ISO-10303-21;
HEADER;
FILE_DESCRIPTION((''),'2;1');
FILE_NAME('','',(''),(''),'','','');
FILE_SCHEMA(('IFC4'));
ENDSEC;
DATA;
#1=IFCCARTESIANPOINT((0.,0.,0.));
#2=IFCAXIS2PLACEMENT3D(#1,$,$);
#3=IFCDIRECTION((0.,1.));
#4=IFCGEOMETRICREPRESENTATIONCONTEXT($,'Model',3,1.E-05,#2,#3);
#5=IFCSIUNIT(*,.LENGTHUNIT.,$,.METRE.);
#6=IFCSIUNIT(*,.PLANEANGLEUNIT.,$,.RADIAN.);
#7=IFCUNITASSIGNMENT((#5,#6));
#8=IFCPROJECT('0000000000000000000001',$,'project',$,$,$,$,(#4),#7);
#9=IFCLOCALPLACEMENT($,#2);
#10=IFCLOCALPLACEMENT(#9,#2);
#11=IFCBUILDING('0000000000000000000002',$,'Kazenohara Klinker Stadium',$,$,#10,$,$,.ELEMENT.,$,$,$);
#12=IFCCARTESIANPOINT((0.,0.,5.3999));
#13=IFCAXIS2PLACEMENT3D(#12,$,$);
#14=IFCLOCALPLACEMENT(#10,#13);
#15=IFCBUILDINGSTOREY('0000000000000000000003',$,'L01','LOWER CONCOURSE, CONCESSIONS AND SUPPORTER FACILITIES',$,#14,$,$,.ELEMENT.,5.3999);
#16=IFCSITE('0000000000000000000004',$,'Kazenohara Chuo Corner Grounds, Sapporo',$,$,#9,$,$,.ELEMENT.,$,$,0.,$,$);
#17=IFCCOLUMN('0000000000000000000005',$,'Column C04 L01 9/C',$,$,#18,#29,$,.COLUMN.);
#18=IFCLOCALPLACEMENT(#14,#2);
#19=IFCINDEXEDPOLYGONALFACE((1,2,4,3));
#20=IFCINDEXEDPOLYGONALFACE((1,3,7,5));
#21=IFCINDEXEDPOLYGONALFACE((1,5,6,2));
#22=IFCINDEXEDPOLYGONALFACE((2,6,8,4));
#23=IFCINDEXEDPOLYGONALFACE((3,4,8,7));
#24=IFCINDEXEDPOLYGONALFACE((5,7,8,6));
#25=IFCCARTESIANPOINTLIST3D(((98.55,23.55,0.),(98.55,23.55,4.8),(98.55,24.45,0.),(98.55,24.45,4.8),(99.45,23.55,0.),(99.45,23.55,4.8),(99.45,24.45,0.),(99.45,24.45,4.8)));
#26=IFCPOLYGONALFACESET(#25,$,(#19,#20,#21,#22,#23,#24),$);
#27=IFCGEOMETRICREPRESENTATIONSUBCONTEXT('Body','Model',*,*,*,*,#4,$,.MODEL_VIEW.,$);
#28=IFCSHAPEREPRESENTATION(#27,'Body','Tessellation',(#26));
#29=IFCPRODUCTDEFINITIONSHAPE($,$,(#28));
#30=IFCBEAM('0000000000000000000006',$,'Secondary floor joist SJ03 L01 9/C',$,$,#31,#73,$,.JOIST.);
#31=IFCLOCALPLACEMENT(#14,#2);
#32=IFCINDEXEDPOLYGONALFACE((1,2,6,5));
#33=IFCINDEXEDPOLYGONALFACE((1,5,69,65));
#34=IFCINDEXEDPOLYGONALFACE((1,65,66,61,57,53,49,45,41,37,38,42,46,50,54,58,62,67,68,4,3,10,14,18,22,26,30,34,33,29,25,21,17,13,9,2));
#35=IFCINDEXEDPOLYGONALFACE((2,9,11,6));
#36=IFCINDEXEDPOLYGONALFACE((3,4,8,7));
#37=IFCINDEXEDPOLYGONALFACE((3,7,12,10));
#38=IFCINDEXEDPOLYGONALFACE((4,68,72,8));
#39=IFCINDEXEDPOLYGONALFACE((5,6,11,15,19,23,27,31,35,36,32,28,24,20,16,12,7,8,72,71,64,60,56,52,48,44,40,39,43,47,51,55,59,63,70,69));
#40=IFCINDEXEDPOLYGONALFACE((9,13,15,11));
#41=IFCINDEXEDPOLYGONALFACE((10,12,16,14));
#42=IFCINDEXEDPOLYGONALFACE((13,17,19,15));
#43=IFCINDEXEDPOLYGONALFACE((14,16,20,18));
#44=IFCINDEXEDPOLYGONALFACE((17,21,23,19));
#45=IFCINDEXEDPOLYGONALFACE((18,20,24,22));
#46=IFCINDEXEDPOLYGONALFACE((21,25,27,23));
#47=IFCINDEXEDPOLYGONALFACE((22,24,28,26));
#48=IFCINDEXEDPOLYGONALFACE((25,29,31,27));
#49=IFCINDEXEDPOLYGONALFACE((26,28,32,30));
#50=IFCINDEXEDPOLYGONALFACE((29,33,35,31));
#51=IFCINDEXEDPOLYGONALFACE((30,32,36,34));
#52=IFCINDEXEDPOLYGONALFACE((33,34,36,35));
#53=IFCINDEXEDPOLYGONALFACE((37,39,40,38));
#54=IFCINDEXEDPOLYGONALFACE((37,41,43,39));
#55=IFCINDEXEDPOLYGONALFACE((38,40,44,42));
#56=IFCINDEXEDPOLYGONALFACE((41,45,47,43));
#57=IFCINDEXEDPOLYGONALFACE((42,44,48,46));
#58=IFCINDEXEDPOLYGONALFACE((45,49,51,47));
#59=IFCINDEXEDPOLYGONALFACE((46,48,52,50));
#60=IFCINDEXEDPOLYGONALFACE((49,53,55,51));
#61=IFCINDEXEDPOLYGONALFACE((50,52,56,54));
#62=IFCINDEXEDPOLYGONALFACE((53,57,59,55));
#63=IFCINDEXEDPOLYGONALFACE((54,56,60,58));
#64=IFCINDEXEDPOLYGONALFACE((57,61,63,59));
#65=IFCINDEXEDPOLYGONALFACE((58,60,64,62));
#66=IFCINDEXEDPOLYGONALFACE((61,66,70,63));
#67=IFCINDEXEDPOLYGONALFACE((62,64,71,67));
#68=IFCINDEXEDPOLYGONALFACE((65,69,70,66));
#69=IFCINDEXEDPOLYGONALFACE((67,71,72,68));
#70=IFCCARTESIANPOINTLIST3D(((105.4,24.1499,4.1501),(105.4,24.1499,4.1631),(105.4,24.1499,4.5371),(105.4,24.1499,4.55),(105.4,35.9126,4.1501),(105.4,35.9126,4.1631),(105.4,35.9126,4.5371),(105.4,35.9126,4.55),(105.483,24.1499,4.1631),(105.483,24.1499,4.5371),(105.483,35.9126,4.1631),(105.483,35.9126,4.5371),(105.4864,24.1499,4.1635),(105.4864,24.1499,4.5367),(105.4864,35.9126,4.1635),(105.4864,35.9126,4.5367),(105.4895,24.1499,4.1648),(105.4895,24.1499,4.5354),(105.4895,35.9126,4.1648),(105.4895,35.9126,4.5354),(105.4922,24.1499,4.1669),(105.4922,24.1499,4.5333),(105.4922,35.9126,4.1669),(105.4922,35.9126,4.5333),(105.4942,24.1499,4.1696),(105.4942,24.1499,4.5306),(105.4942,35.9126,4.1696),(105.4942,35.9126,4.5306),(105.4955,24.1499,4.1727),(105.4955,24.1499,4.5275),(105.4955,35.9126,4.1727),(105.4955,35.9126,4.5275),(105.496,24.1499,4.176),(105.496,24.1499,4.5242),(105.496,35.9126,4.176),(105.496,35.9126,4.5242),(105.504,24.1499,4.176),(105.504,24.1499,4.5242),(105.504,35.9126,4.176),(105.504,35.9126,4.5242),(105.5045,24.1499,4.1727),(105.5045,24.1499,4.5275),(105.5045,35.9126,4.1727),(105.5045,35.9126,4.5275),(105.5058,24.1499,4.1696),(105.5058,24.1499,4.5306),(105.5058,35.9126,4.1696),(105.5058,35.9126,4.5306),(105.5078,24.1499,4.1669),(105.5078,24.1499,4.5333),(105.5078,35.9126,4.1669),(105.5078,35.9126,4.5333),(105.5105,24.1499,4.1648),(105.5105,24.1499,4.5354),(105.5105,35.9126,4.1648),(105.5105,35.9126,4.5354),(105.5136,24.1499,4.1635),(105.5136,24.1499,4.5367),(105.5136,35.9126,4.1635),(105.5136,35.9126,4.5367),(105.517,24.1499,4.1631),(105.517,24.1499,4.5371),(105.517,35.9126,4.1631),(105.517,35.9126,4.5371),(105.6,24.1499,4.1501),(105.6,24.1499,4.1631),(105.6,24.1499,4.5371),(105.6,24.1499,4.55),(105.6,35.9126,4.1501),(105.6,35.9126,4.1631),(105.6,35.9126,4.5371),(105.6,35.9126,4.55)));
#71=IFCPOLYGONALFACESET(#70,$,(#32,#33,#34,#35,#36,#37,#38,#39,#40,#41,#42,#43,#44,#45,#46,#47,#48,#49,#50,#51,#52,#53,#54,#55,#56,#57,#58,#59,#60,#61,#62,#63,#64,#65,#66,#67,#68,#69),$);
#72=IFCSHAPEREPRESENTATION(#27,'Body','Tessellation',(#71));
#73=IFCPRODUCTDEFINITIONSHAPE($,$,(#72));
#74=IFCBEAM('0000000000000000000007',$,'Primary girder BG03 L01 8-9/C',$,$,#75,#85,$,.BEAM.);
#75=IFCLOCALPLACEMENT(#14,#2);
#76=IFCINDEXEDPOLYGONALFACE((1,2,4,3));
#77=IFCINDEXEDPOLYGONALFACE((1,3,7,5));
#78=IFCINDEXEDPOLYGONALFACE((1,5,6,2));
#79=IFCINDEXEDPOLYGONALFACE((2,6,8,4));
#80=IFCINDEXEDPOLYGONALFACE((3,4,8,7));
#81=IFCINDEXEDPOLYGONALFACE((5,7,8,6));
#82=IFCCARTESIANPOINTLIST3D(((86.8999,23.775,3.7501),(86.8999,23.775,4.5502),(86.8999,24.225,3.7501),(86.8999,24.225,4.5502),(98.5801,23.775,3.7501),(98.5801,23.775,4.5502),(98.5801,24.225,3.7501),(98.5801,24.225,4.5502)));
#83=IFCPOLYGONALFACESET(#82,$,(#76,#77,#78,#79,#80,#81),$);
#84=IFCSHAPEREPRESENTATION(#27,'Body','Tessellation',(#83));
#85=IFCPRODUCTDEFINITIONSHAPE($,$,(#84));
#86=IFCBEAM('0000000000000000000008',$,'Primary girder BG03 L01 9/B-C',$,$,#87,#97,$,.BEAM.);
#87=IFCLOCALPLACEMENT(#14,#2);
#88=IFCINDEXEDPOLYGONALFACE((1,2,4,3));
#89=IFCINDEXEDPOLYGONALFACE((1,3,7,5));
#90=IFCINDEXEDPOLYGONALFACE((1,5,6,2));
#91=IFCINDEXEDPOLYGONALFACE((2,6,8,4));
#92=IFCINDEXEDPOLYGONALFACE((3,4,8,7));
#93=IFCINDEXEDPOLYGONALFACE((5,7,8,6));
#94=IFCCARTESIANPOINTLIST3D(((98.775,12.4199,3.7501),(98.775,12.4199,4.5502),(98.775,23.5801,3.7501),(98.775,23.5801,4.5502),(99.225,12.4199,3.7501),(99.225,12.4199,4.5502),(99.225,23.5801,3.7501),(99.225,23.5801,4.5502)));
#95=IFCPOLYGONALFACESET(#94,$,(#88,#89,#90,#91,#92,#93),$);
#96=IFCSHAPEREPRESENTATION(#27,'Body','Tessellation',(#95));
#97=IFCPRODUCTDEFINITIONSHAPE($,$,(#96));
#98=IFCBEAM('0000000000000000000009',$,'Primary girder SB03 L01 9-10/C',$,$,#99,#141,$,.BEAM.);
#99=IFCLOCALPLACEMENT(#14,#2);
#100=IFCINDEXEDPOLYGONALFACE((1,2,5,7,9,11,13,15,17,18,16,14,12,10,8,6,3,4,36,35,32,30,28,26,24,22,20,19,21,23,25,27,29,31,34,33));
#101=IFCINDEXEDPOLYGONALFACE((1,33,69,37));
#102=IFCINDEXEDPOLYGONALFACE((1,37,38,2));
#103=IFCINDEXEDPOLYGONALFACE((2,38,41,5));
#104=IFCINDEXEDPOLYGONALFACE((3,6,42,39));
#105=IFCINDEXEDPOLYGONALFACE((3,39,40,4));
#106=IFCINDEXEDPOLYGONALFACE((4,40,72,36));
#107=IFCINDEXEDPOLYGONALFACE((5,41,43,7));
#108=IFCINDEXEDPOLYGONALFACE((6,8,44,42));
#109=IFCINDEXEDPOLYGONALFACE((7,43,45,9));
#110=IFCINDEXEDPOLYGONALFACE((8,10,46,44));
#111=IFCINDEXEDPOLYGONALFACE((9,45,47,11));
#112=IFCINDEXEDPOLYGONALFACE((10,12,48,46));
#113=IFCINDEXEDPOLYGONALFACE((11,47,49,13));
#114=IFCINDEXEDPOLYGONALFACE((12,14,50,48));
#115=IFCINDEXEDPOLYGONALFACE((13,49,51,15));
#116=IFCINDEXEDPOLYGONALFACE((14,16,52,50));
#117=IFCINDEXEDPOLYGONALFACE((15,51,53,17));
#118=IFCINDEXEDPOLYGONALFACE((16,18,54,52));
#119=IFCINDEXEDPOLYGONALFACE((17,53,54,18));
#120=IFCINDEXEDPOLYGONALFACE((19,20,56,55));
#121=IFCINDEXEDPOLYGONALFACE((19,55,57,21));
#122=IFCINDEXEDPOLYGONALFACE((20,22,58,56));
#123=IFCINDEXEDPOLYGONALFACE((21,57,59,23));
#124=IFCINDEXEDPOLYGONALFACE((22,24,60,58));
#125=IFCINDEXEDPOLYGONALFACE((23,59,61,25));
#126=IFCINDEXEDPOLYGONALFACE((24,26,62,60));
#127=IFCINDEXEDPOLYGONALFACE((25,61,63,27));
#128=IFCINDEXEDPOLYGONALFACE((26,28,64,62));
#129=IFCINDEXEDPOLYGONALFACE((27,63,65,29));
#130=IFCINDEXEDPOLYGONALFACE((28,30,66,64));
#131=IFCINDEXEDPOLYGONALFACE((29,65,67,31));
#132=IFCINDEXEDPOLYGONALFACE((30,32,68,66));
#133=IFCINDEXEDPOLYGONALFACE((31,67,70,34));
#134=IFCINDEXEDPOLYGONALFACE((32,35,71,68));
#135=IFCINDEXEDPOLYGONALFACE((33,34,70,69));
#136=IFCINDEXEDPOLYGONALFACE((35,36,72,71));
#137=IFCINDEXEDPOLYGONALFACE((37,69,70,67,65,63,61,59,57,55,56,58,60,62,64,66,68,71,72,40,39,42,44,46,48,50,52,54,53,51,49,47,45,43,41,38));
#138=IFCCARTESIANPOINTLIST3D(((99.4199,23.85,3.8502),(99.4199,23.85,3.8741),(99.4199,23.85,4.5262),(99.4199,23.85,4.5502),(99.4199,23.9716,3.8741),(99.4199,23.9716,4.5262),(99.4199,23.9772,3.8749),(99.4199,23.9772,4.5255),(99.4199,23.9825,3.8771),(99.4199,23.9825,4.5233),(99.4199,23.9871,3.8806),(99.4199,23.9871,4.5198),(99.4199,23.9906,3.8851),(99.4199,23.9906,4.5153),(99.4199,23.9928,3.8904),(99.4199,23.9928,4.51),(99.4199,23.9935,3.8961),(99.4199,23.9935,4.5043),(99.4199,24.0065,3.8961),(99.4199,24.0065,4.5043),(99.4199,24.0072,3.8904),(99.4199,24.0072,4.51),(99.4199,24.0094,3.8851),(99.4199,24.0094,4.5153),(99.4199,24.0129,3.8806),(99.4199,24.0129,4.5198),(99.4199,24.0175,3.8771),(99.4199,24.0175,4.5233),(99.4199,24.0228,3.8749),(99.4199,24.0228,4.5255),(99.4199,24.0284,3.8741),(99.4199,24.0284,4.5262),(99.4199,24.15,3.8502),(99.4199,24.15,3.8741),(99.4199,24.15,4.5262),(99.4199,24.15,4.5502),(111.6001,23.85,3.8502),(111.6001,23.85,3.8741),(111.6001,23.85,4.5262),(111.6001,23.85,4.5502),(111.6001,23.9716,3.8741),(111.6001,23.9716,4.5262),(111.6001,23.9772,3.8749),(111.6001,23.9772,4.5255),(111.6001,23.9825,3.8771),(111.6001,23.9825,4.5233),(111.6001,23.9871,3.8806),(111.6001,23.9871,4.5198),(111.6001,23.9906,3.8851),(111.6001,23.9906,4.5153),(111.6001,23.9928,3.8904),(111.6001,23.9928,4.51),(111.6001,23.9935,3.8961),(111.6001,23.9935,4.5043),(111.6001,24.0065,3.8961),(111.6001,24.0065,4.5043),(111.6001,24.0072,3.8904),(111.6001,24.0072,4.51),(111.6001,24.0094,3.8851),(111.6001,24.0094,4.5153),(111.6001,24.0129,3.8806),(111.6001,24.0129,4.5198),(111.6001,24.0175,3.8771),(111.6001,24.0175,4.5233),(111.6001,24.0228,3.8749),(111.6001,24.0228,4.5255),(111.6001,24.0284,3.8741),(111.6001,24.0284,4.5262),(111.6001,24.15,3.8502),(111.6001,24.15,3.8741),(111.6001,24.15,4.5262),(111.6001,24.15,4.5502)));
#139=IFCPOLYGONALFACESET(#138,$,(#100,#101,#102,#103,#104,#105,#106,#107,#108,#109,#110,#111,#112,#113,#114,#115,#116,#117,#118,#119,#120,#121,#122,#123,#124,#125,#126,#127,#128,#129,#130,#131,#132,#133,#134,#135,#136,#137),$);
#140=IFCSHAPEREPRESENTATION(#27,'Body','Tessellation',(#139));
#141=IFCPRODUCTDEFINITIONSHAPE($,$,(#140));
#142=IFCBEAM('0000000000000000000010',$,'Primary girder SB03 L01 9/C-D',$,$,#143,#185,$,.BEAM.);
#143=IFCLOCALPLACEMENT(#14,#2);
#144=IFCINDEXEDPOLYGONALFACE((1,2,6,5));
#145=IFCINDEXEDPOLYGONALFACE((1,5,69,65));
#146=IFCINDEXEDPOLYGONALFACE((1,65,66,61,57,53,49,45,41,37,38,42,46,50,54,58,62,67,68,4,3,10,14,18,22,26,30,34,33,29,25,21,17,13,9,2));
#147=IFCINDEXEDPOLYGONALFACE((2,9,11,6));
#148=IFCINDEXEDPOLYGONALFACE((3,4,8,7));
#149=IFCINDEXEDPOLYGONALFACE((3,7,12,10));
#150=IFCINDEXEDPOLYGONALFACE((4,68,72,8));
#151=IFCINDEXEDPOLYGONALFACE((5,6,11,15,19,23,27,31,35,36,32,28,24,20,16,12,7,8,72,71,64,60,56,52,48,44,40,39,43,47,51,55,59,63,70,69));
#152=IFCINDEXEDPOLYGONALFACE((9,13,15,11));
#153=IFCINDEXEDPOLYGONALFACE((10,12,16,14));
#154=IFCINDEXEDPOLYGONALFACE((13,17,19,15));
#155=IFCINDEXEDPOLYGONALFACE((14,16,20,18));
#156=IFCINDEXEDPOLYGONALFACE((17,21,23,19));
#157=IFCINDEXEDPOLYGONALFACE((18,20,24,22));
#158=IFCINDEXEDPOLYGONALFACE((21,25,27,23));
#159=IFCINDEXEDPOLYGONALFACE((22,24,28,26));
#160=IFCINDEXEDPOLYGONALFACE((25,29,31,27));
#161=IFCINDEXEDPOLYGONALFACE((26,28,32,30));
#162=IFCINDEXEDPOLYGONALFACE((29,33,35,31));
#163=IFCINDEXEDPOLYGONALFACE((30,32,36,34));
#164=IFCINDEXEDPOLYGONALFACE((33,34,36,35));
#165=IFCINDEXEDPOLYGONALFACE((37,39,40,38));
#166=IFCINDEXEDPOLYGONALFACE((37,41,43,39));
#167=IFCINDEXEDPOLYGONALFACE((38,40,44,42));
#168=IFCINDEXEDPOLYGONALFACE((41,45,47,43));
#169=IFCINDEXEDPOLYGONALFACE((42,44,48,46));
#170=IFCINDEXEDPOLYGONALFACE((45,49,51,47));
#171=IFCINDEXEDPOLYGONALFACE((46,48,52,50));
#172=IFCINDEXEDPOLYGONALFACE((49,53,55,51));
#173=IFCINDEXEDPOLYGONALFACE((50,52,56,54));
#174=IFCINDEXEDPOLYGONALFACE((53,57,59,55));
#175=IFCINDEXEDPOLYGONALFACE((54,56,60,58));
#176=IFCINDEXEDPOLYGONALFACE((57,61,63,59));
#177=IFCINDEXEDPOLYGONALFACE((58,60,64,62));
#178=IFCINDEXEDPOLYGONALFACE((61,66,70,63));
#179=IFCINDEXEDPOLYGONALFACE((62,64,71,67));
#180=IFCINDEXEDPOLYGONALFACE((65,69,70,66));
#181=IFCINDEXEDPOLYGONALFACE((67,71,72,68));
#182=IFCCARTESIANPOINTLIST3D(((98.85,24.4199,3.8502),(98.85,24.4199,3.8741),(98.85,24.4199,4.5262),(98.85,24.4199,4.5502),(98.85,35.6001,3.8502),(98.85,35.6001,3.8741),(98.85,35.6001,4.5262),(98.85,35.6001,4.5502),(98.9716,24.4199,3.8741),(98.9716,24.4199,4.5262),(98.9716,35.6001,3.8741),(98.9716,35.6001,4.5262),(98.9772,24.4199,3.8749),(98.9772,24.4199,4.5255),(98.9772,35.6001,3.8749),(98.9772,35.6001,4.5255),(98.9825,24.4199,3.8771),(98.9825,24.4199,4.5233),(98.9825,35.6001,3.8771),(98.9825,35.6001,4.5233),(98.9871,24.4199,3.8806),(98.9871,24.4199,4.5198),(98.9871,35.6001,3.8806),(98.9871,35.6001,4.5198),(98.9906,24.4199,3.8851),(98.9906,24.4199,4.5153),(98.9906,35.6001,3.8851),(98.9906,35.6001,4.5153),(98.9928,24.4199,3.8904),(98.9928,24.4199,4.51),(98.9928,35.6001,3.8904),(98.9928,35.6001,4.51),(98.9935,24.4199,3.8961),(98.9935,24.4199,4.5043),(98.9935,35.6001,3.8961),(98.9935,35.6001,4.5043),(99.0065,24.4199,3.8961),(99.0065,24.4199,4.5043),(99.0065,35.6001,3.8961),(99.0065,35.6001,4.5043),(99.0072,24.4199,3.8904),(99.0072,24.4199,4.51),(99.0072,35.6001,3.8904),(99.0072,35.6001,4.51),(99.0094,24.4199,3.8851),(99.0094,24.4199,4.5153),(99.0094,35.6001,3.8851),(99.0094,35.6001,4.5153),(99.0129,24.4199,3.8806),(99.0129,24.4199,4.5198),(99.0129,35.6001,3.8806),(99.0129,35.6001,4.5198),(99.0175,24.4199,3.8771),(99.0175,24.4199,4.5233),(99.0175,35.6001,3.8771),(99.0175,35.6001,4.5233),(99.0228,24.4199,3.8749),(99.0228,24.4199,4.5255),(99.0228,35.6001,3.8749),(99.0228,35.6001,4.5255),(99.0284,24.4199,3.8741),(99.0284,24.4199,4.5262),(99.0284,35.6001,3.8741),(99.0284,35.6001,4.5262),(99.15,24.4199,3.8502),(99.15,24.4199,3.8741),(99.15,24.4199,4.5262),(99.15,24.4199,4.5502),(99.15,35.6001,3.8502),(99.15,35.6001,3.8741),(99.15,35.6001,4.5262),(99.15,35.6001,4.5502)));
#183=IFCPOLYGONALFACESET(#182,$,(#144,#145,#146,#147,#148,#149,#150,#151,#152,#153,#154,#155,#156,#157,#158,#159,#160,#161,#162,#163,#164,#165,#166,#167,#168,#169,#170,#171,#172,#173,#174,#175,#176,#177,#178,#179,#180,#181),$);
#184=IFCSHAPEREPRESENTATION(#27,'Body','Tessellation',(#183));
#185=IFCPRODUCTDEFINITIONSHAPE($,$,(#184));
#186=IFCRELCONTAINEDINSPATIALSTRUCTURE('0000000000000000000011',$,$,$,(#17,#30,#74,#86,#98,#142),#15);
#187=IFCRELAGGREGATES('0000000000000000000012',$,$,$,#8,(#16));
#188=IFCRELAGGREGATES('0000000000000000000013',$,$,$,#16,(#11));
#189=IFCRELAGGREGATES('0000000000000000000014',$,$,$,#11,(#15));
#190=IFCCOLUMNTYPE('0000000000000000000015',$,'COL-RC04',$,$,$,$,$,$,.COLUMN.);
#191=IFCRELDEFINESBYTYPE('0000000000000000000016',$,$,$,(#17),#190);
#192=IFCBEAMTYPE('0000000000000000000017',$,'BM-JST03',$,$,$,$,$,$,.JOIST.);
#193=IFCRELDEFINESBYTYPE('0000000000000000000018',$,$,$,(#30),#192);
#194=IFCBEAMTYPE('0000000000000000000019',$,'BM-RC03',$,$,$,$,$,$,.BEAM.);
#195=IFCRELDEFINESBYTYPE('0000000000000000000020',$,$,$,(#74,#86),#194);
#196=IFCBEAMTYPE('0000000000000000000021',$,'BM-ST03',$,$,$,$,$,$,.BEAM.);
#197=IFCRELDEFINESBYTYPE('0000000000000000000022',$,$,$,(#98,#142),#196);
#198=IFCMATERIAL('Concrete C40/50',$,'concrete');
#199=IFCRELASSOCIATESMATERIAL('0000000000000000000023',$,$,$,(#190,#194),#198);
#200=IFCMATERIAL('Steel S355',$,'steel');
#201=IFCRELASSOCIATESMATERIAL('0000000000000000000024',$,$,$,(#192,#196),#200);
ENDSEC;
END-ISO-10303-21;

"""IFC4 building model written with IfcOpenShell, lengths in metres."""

from ifc_helpers import new_model, si_unit, direction, frame, origin, origin_2d, place, context, subcontext, project, spatial, rectangle, i_section, extrude, material, material_profile, profile_set, type_object, element, save


model = new_model("IFC4")

# Units and contexts
model_context = context("Model", 3, precision=1e-05, world=origin(), true_north=direction((0.0, 1.0)))
body_context = subcontext(model_context, "Body", "Model", "MODEL_VIEW")
ifc_project = project(units=[si_unit("LENGTHUNIT", "METRE"), si_unit("PLANEANGLEUNIT", "RADIAN")], contexts=[model_context])

# Site, building, storey
site_placement = place(None, origin())
site = spatial("IfcSite", under=ifc_project, at=site_placement, Name="Kazenohara Chuo Corner Grounds, Sapporo", CompositionType="ELEMENT", RefElevation=0.0)
building_placement = place(site_placement, origin())
building = spatial("IfcBuilding", under=site, at=building_placement, Name="Kazenohara Klinker Stadium", CompositionType="ELEMENT")
storey_placement = place(building_placement, frame((0.0, 0.0, 5.3999)))
storey = spatial("IfcBuildingStorey", under=building, at=storey_placement, Name="L01", Description="LOWER CONCOURSE, CONCESSIONS AND SUPPORTER FACILITIES", CompositionType="ELEMENT", Elevation=5.3999)

# Column
ifc_material_1 = material(Name="Concrete C40/50", Category="concrete")
ifc_material_profile_1 = material_profile(ifc_material_1, rectangle(XDim=0.8999, YDim=0.8999, at=origin_2d()), Name="RC-COL-900x900")
ifc_profile_set_1 = profile_set([ifc_material_profile_1], Name="Concrete C40/50")
column_type = type_object("IfcColumnType", Name="COL-RC04", PredefinedType="COLUMN", material=ifc_profile_set_1)
column_placement = place(storey_placement, frame((99.0, 24.0, 0.0), z_axis=(0.0, 0.0, 1.0), x_axis=(1.0, 0.0, 0.0)))
element("IfcColumn", 1, at=column_placement, inside=storey, type_object=column_type, Name="Column C04 L01 9/C", PredefinedType="COLUMN", context=body_context, shape_type="SweptSolid", body=[
    extrude(rectangle(XDim=0.8999, YDim=0.8999, at=origin_2d()), origin(), (0.0, 0.0, 1.0), 4.8),
])

# Beams
ifc_material_2 = material(Name="Steel S355", Category="steel")
ifc_material_profile_2 = material_profile(ifc_material_2, i_section(OverallWidth=0.2, OverallDepth=0.3999, WebThickness=0.0081, FlangeThickness=0.0129, FilletRadius=0.0129, at=origin_2d()), Name="H-400x200x8x13")
ifc_profile_set_2 = profile_set([ifc_material_profile_2], Name="Steel S355")
beam_type_1 = type_object("IfcBeamType", Name="BM-JST03", PredefinedType="JOIST", material=ifc_profile_set_2)
beam_1_placement = place(storey_placement, frame((105.5, 24.1499, 4.3501), z_axis=(0.0, 1.0, 0.0), x_axis=(-1.0, 0.0, 0.0)))
element("IfcBeam", 2, at=beam_1_placement, inside=storey, type_object=beam_type_1, Name="Secondary floor joist SJ03 L01 9/C", PredefinedType="JOIST", context=body_context, shape_type="SweptSolid", body=[
    extrude(i_section(OverallWidth=0.2, OverallDepth=0.3999, WebThickness=0.0081, FlangeThickness=0.0129, FilletRadius=0.0129, at=origin_2d()), origin(), (0.0, 0.0, 1.0), 11.7627),
])
ifc_material_profile_3 = material_profile(ifc_material_1, rectangle(XDim=0.45, YDim=0.8, at=origin_2d()), Name="RC-BM-450x800")
ifc_profile_set_3 = profile_set([ifc_material_profile_3], Name="Concrete C40/50")
beam_type_2 = type_object("IfcBeamType", Name="BM-RC03", PredefinedType="BEAM", material=ifc_profile_set_3)
beam_2_placement = place(storey_placement, frame((86.8999, 24.0, 4.1501), z_axis=(1.0, 0.0, 0.0), x_axis=(0.0, 1.0, 0.0)))
element("IfcBeam", 3, at=beam_2_placement, inside=storey, type_object=beam_type_2, Name="Primary girder BG03 L01 8-9/C", PredefinedType="BEAM", context=body_context, shape_type="SweptSolid", body=[
    extrude(rectangle(XDim=0.45, YDim=0.8, at=origin_2d()), origin(), (0.0, 0.0, 1.0), 11.6802),
])
beam_3_placement = place(storey_placement, frame((99.0, 12.4199, 4.1501), z_axis=(0.0, 1.0, 0.0), x_axis=(-1.0, 0.0, 0.0)))
element("IfcBeam", 4, at=beam_3_placement, inside=storey, type_object=beam_type_2, Name="Primary girder BG03 L01 9/B-C", PredefinedType="BEAM", context=body_context, shape_type="SweptSolid", body=[
    extrude(rectangle(XDim=0.45, YDim=0.8, at=origin_2d()), origin(), (0.0, 0.0, 1.0), 11.1602),
])
ifc_material_profile_4 = material_profile(ifc_material_2, i_section(OverallWidth=0.3, OverallDepth=0.7, WebThickness=0.0129, FlangeThickness=0.0239, FilletRadius=0.022, at=origin_2d()), Name="H-700x300x13x24")
ifc_profile_set_4 = profile_set([ifc_material_profile_4], Name="Steel S355")
beam_type_3 = type_object("IfcBeamType", Name="BM-ST03", PredefinedType="BEAM", material=ifc_profile_set_4)
beam_4_placement = place(storey_placement, frame((99.4199, 24.0, 4.2002), z_axis=(1.0, 0.0, 0.0), x_axis=(0.0, 1.0, 0.0)))
element("IfcBeam", 5, at=beam_4_placement, inside=storey, type_object=beam_type_3, Name="Primary girder SB03 L01 9-10/C", PredefinedType="BEAM", context=body_context, shape_type="SweptSolid", body=[
    extrude(i_section(OverallWidth=0.3, OverallDepth=0.7, WebThickness=0.0129, FlangeThickness=0.0239, FilletRadius=0.022, at=origin_2d()), origin(), (0.0, 0.0, 1.0), 12.1802),
])
beam_5_placement = place(storey_placement, frame((99.0, 24.4199, 4.2002), z_axis=(0.0, 1.0, 0.0), x_axis=(-1.0, 0.0, 0.0)))
element("IfcBeam", 6, at=beam_5_placement, inside=storey, type_object=beam_type_3, Name="Primary girder SB03 L01 9/C-D", PredefinedType="BEAM", context=body_context, shape_type="SweptSolid", body=[
    extrude(i_section(OverallWidth=0.3, OverallDepth=0.7, WebThickness=0.0129, FlangeThickness=0.0239, FilletRadius=0.022, at=origin_2d()), origin(), (0.0, 0.0, 1.0), 11.1802),
])

save(model, "model.ifc")
